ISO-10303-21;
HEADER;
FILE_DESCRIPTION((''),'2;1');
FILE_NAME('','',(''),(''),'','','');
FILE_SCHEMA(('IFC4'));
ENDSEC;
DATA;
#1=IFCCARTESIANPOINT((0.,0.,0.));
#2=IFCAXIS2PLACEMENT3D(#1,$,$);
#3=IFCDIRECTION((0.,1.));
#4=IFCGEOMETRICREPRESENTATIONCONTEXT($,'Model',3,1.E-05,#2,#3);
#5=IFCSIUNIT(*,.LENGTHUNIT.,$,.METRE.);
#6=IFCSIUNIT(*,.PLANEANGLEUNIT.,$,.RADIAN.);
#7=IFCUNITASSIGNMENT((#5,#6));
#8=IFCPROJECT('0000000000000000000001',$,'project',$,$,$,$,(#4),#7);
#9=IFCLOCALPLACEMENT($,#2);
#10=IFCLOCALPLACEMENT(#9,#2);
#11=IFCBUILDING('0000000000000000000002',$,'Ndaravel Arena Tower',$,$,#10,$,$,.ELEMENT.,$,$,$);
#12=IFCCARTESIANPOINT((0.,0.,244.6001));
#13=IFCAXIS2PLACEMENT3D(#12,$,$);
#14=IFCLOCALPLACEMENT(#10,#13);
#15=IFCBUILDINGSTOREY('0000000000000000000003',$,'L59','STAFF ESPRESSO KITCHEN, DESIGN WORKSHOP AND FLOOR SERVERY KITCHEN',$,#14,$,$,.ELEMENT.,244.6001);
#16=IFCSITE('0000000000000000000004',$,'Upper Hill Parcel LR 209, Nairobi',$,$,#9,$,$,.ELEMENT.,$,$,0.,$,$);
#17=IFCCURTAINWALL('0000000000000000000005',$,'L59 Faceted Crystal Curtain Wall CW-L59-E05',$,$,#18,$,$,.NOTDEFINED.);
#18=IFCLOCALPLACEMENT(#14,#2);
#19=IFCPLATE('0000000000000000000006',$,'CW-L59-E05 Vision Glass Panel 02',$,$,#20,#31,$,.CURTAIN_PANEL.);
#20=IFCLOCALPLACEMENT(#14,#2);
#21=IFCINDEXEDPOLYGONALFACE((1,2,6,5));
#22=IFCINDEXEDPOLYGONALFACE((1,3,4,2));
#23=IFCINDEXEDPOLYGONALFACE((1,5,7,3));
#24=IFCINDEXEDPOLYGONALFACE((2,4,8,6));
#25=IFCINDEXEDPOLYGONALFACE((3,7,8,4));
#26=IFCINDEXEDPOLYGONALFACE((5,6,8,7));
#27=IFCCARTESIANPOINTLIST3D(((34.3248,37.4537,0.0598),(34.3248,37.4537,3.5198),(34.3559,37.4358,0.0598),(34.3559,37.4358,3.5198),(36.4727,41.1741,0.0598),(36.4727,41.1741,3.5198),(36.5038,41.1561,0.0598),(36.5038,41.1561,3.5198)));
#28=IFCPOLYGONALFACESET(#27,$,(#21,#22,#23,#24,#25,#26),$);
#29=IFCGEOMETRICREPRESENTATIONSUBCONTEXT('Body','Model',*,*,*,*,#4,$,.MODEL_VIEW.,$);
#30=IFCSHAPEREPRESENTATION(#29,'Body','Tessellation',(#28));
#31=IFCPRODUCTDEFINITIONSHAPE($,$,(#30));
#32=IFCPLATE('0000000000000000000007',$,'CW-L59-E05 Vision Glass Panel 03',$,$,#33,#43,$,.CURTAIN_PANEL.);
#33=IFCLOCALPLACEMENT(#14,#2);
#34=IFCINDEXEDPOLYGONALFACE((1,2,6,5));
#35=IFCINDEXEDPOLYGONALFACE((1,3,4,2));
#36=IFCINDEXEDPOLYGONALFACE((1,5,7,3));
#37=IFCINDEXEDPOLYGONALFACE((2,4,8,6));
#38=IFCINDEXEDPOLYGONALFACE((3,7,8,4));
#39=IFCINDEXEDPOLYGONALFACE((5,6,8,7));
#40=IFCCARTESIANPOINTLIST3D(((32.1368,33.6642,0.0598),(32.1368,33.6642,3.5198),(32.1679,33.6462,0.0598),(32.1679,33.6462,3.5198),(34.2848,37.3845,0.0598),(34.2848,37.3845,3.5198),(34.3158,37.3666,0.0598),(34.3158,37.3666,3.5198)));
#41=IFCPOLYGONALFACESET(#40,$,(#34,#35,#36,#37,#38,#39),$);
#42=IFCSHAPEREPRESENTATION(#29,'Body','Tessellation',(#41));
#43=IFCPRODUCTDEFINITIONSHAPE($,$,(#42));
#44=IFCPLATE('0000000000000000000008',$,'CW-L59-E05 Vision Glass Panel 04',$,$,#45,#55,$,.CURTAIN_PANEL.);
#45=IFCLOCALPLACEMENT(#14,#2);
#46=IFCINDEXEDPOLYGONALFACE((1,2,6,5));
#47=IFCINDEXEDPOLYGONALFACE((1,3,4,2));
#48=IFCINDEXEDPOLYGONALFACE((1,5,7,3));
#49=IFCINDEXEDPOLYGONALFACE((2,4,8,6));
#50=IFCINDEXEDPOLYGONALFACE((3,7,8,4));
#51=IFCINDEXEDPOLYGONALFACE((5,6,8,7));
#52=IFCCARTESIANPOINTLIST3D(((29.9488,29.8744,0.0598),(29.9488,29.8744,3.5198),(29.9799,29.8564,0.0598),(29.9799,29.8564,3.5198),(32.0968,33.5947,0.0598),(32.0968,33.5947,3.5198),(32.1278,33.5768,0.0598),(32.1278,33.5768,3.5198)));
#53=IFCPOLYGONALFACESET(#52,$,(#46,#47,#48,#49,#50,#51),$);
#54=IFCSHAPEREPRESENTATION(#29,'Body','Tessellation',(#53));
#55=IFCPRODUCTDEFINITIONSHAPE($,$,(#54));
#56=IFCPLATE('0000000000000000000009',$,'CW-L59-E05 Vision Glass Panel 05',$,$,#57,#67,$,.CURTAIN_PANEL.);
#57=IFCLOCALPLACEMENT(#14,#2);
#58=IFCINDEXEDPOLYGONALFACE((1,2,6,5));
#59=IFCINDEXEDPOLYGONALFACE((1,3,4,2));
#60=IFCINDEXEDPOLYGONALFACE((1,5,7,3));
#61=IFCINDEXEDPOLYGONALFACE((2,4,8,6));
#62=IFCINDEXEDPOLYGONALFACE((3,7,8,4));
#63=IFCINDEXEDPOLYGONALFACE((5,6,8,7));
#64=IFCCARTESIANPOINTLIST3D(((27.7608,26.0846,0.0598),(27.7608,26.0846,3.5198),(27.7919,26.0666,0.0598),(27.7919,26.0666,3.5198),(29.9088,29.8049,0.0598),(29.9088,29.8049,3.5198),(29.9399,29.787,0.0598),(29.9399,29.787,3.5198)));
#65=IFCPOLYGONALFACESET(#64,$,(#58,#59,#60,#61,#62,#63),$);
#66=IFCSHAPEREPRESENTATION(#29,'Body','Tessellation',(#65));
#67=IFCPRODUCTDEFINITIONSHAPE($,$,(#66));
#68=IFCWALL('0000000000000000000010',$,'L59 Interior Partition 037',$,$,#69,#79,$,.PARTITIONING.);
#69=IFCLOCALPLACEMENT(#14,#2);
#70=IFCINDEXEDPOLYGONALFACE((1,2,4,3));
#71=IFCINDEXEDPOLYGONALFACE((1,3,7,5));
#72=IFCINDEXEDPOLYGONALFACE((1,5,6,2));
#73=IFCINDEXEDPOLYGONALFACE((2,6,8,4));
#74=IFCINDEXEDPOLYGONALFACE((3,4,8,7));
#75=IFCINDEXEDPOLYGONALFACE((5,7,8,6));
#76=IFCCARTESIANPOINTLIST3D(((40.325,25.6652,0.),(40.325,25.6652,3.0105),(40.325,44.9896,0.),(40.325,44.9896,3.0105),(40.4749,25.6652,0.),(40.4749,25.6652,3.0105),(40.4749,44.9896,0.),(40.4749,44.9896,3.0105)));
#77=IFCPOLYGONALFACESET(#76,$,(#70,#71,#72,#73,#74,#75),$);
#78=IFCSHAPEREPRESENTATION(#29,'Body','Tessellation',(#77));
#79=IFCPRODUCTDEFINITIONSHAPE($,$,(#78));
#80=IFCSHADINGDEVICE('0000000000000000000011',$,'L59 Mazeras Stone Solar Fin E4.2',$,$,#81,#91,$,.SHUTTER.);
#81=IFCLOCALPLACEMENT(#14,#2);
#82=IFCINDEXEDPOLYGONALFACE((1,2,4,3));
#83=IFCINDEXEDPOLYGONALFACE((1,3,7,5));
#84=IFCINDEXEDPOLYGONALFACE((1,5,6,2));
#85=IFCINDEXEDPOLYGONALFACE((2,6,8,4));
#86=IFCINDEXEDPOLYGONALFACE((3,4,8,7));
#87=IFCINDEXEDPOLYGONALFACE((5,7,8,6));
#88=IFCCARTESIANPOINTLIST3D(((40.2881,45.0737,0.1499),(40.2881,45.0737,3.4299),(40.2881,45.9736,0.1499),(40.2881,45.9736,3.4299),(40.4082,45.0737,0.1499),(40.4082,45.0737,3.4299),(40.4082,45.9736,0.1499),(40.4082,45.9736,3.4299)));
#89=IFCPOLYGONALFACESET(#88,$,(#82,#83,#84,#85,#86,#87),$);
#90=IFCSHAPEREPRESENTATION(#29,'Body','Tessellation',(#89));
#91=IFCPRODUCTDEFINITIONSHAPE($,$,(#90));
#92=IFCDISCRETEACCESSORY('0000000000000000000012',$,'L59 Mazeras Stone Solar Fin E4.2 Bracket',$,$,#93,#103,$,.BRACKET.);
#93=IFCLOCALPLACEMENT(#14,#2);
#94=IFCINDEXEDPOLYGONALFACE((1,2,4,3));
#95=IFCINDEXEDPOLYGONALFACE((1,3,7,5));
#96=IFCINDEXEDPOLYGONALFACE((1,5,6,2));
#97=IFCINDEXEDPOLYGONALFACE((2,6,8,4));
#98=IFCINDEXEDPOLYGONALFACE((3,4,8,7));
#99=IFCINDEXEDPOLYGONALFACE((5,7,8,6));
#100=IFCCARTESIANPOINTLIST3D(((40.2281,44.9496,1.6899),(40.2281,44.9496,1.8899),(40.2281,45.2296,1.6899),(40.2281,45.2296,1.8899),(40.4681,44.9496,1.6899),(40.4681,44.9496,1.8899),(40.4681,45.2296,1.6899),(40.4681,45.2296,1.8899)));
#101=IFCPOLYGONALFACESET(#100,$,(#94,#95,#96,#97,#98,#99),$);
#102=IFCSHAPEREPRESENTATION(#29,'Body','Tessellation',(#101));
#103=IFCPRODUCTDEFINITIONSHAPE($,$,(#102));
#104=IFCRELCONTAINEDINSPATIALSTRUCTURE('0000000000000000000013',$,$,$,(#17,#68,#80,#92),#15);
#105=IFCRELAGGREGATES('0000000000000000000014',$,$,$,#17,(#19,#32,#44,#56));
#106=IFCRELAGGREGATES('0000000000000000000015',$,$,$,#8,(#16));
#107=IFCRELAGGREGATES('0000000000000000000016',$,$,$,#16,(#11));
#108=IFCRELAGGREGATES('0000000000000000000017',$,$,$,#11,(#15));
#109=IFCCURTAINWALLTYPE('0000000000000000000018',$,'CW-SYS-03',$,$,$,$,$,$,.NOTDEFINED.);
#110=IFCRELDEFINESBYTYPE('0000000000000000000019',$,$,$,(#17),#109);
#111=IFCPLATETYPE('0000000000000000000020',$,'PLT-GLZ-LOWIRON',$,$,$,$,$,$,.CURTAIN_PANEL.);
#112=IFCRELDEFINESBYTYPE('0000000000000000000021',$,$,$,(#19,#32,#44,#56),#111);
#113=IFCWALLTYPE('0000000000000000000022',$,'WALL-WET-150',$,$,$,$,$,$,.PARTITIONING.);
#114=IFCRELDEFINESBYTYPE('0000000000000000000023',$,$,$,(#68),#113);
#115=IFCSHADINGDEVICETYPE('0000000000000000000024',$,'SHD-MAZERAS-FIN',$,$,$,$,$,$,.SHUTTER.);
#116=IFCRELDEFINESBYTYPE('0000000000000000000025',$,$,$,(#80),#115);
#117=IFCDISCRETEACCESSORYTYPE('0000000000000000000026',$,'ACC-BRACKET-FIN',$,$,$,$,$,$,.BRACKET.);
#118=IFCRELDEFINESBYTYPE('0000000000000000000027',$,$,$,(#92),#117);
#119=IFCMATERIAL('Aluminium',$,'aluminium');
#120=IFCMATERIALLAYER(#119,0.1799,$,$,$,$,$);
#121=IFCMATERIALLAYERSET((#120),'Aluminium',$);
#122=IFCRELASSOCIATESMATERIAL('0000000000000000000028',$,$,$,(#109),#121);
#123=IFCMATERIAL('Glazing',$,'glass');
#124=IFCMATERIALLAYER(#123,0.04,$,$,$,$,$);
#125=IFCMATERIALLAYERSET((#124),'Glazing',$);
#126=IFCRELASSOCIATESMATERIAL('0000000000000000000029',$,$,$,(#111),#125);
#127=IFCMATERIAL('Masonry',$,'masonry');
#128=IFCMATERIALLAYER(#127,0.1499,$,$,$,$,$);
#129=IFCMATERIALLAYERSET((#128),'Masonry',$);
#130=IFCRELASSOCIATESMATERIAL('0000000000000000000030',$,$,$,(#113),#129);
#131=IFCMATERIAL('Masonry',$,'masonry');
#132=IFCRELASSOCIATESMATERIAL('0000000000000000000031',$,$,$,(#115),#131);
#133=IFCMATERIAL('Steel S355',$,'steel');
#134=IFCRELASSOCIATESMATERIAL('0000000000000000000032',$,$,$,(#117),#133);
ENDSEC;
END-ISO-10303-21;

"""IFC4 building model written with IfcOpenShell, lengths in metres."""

from ifc_helpers import new_model, si_unit, direction, frame, frame_2d, origin, origin_2d, place, context, subcontext, project, spatial, rectangle, extrude, material, layer, layer_set, type_object, element, aggregate, save


model = new_model("IFC4")

# Units and contexts
model_context = context("Model", 3, precision=1e-05, world=origin(), true_north=direction((0.0, 1.0)))
body_context = subcontext(model_context, "Body", "Model", "MODEL_VIEW")
ifc_project = project(units=[si_unit("LENGTHUNIT", "METRE"), si_unit("PLANEANGLEUNIT", "RADIAN")], contexts=[model_context])

# Site, building, storey
site_placement = place(None, origin())
site = spatial("IfcSite", under=ifc_project, at=site_placement, Name="Upper Hill Parcel LR 209, Nairobi", CompositionType="ELEMENT", RefElevation=0.0)
building_placement = place(site_placement, origin())
building = spatial("IfcBuilding", under=site, at=building_placement, Name="Ndaravel Arena Tower", CompositionType="ELEMENT")
storey_placement = place(building_placement, frame((0.0, 0.0, 244.6001)))
storey = spatial("IfcBuildingStorey", under=building, at=storey_placement, Name="L59", Description="STAFF ESPRESSO KITCHEN, DESIGN WORKSHOP AND FLOOR SERVERY KITCHEN", CompositionType="ELEMENT", Elevation=244.6001)

# Curtain wall
ifc_material_1 = material(Name="Aluminium", Category="aluminium")
ifc_layer_1 = layer(ifc_material_1, 0.1799)
ifc_layer_set_1 = layer_set([ifc_layer_1], Name="Aluminium")
curtain_wall_type_1 = type_object("IfcCurtainWallType", Name="CW-SYS-03", PredefinedType="NOTDEFINED", material=ifc_layer_set_1)
curtain_wall_1_placement = place(storey_placement, origin())
curtain_wall_1 = element("IfcCurtainWall", 1, at=curtain_wall_1_placement, inside=storey, type_object=curtain_wall_type_1, Name="L59 Faceted Crystal Curtain Wall CW-L59-E05", PredefinedType="NOTDEFINED")

# Plates
ifc_material_2 = material(Name="Glazing", Category="glass")
ifc_layer_2 = layer(ifc_material_2, 0.04)
ifc_layer_set_2 = layer_set([ifc_layer_2], Name="Glazing")
plate_type_1 = type_object("IfcPlateType", Name="PLT-GLZ-LOWIRON", PredefinedType="CURTAIN_PANEL", material=ifc_layer_set_2)
plate_1_placement = place(storey_placement, frame((35.4143, 39.3049, 0.0598), z_axis=(0.0, 0.0, 1.0), x_axis=(-0.5, -0.866025, 0.0)))
plate_1 = element("IfcPlate", 2, at=plate_1_placement, type_object=plate_type_1, Name="CW-L59-E05 Vision Glass Panel 02", PredefinedType="CURTAIN_PANEL", context=body_context, shape_type="SweptSolid", body=[
    extrude(rectangle(XDim=4.2959, YDim=0.0359, at=origin_2d()), origin(), (0.0, 0.0, 1.0), 3.46),
])
plate_2_placement = place(storey_placement, frame((33.2263, 35.5154, 0.0598), z_axis=(0.0, 0.0, 1.0), x_axis=(-0.5, -0.866025, 0.0)))
plate_2 = element("IfcPlate", 3, at=plate_2_placement, type_object=plate_type_1, Name="CW-L59-E05 Vision Glass Panel 03", PredefinedType="CURTAIN_PANEL", context=body_context, shape_type="SweptSolid", body=[
    extrude(rectangle(XDim=4.2959, YDim=0.0359, at=origin_2d()), origin(), (0.0, 0.0, 1.0), 3.46),
])
plate_3_placement = place(storey_placement, frame((31.0383, 31.7256, 0.0598), z_axis=(0.0, 0.0, 1.0), x_axis=(-0.5, -0.866025, 0.0)))
plate_3 = element("IfcPlate", 4, at=plate_3_placement, type_object=plate_type_1, Name="CW-L59-E05 Vision Glass Panel 04", PredefinedType="CURTAIN_PANEL", context=body_context, shape_type="SweptSolid", body=[
    extrude(rectangle(XDim=4.2959, YDim=0.0359, at=origin_2d()), origin(), (0.0, 0.0, 1.0), 3.46),
])
plate_4_placement = place(storey_placement, frame((28.8503, 27.9358, 0.0598), z_axis=(0.0, 0.0, 1.0), x_axis=(-0.5, -0.866025, 0.0)))
plate_4 = element("IfcPlate", 5, at=plate_4_placement, type_object=plate_type_1, Name="CW-L59-E05 Vision Glass Panel 05", PredefinedType="CURTAIN_PANEL", context=body_context, shape_type="SweptSolid", body=[
    extrude(rectangle(XDim=4.2959, YDim=0.0359, at=origin_2d()), origin(), (0.0, 0.0, 1.0), 3.46),
])
aggregate(curtain_wall_1, [plate_1, plate_2, plate_3, plate_4])

# Wall
ifc_material_3 = material(Name="Masonry", Category="masonry")
ifc_layer_3 = layer(ifc_material_3, 0.1499)
ifc_layer_set_3 = layer_set([ifc_layer_3], Name="Masonry")
wall_type = type_object("IfcWallType", Name="WALL-WET-150", PredefinedType="PARTITIONING", material=ifc_layer_set_3)
wall_placement = place(storey_placement, frame((40.3999, 44.9895, 0.0), z_axis=(0.0, 0.0, 1.0), x_axis=(0.0, -1.0, 0.0)))
element("IfcWall", 6, at=wall_placement, inside=storey, type_object=wall_type, Name="L59 Interior Partition 037", PredefinedType="PARTITIONING", context=body_context, shape_type="SweptSolid", body=[
    extrude(rectangle(XDim=19.3245, YDim=0.1499, at=frame_2d((9.6621, 0.0))), origin(), (0.0, 0.0, 1.0), 3.0105),
])

# Shading device
ifc_material_4 = material(Name="Masonry", Category="masonry")
shading_device_type = type_object("IfcShadingDeviceType", Name="SHD-MAZERAS-FIN", PredefinedType="SHUTTER", material=ifc_material_4)
shading_device_placement = place(storey_placement, frame((40.3481, 45.5237, 0.1499), z_axis=(0.0, 0.0, 1.0), x_axis=(0.0, 1.0, 0.0)))
element("IfcShadingDevice", 7, at=shading_device_placement, inside=storey, type_object=shading_device_type, Name="L59 Mazeras Stone Solar Fin E4.2", PredefinedType="SHUTTER", context=body_context, shape_type="SweptSolid", body=[
    extrude(rectangle(XDim=0.8999, YDim=0.1201, at=origin_2d()), origin(), (0.0, 0.0, 1.0), 3.28),
])

# Discrete accessory
ifc_material_5 = material(Name="Steel S355", Category="steel")
discrete_accessory_type = type_object("IfcDiscreteAccessoryType", Name="ACC-BRACKET-FIN", PredefinedType="BRACKET", material=ifc_material_5)
discrete_accessory_placement = place(storey_placement, frame((40.3481, 45.0896, 1.6899), z_axis=(0.0, 0.0, 1.0), x_axis=(0.0, 1.0, 0.0)))
element("IfcDiscreteAccessory", 8, at=discrete_accessory_placement, inside=storey, type_object=discrete_accessory_type, Name="L59 Mazeras Stone Solar Fin E4.2 Bracket", PredefinedType="BRACKET", context=body_context, shape_type="SweptSolid", body=[
    extrude(rectangle(XDim=0.28, YDim=0.24, at=origin_2d()), origin(), (0.0, 0.0, 1.0), 0.2),
])

save(model, "model.ifc")
